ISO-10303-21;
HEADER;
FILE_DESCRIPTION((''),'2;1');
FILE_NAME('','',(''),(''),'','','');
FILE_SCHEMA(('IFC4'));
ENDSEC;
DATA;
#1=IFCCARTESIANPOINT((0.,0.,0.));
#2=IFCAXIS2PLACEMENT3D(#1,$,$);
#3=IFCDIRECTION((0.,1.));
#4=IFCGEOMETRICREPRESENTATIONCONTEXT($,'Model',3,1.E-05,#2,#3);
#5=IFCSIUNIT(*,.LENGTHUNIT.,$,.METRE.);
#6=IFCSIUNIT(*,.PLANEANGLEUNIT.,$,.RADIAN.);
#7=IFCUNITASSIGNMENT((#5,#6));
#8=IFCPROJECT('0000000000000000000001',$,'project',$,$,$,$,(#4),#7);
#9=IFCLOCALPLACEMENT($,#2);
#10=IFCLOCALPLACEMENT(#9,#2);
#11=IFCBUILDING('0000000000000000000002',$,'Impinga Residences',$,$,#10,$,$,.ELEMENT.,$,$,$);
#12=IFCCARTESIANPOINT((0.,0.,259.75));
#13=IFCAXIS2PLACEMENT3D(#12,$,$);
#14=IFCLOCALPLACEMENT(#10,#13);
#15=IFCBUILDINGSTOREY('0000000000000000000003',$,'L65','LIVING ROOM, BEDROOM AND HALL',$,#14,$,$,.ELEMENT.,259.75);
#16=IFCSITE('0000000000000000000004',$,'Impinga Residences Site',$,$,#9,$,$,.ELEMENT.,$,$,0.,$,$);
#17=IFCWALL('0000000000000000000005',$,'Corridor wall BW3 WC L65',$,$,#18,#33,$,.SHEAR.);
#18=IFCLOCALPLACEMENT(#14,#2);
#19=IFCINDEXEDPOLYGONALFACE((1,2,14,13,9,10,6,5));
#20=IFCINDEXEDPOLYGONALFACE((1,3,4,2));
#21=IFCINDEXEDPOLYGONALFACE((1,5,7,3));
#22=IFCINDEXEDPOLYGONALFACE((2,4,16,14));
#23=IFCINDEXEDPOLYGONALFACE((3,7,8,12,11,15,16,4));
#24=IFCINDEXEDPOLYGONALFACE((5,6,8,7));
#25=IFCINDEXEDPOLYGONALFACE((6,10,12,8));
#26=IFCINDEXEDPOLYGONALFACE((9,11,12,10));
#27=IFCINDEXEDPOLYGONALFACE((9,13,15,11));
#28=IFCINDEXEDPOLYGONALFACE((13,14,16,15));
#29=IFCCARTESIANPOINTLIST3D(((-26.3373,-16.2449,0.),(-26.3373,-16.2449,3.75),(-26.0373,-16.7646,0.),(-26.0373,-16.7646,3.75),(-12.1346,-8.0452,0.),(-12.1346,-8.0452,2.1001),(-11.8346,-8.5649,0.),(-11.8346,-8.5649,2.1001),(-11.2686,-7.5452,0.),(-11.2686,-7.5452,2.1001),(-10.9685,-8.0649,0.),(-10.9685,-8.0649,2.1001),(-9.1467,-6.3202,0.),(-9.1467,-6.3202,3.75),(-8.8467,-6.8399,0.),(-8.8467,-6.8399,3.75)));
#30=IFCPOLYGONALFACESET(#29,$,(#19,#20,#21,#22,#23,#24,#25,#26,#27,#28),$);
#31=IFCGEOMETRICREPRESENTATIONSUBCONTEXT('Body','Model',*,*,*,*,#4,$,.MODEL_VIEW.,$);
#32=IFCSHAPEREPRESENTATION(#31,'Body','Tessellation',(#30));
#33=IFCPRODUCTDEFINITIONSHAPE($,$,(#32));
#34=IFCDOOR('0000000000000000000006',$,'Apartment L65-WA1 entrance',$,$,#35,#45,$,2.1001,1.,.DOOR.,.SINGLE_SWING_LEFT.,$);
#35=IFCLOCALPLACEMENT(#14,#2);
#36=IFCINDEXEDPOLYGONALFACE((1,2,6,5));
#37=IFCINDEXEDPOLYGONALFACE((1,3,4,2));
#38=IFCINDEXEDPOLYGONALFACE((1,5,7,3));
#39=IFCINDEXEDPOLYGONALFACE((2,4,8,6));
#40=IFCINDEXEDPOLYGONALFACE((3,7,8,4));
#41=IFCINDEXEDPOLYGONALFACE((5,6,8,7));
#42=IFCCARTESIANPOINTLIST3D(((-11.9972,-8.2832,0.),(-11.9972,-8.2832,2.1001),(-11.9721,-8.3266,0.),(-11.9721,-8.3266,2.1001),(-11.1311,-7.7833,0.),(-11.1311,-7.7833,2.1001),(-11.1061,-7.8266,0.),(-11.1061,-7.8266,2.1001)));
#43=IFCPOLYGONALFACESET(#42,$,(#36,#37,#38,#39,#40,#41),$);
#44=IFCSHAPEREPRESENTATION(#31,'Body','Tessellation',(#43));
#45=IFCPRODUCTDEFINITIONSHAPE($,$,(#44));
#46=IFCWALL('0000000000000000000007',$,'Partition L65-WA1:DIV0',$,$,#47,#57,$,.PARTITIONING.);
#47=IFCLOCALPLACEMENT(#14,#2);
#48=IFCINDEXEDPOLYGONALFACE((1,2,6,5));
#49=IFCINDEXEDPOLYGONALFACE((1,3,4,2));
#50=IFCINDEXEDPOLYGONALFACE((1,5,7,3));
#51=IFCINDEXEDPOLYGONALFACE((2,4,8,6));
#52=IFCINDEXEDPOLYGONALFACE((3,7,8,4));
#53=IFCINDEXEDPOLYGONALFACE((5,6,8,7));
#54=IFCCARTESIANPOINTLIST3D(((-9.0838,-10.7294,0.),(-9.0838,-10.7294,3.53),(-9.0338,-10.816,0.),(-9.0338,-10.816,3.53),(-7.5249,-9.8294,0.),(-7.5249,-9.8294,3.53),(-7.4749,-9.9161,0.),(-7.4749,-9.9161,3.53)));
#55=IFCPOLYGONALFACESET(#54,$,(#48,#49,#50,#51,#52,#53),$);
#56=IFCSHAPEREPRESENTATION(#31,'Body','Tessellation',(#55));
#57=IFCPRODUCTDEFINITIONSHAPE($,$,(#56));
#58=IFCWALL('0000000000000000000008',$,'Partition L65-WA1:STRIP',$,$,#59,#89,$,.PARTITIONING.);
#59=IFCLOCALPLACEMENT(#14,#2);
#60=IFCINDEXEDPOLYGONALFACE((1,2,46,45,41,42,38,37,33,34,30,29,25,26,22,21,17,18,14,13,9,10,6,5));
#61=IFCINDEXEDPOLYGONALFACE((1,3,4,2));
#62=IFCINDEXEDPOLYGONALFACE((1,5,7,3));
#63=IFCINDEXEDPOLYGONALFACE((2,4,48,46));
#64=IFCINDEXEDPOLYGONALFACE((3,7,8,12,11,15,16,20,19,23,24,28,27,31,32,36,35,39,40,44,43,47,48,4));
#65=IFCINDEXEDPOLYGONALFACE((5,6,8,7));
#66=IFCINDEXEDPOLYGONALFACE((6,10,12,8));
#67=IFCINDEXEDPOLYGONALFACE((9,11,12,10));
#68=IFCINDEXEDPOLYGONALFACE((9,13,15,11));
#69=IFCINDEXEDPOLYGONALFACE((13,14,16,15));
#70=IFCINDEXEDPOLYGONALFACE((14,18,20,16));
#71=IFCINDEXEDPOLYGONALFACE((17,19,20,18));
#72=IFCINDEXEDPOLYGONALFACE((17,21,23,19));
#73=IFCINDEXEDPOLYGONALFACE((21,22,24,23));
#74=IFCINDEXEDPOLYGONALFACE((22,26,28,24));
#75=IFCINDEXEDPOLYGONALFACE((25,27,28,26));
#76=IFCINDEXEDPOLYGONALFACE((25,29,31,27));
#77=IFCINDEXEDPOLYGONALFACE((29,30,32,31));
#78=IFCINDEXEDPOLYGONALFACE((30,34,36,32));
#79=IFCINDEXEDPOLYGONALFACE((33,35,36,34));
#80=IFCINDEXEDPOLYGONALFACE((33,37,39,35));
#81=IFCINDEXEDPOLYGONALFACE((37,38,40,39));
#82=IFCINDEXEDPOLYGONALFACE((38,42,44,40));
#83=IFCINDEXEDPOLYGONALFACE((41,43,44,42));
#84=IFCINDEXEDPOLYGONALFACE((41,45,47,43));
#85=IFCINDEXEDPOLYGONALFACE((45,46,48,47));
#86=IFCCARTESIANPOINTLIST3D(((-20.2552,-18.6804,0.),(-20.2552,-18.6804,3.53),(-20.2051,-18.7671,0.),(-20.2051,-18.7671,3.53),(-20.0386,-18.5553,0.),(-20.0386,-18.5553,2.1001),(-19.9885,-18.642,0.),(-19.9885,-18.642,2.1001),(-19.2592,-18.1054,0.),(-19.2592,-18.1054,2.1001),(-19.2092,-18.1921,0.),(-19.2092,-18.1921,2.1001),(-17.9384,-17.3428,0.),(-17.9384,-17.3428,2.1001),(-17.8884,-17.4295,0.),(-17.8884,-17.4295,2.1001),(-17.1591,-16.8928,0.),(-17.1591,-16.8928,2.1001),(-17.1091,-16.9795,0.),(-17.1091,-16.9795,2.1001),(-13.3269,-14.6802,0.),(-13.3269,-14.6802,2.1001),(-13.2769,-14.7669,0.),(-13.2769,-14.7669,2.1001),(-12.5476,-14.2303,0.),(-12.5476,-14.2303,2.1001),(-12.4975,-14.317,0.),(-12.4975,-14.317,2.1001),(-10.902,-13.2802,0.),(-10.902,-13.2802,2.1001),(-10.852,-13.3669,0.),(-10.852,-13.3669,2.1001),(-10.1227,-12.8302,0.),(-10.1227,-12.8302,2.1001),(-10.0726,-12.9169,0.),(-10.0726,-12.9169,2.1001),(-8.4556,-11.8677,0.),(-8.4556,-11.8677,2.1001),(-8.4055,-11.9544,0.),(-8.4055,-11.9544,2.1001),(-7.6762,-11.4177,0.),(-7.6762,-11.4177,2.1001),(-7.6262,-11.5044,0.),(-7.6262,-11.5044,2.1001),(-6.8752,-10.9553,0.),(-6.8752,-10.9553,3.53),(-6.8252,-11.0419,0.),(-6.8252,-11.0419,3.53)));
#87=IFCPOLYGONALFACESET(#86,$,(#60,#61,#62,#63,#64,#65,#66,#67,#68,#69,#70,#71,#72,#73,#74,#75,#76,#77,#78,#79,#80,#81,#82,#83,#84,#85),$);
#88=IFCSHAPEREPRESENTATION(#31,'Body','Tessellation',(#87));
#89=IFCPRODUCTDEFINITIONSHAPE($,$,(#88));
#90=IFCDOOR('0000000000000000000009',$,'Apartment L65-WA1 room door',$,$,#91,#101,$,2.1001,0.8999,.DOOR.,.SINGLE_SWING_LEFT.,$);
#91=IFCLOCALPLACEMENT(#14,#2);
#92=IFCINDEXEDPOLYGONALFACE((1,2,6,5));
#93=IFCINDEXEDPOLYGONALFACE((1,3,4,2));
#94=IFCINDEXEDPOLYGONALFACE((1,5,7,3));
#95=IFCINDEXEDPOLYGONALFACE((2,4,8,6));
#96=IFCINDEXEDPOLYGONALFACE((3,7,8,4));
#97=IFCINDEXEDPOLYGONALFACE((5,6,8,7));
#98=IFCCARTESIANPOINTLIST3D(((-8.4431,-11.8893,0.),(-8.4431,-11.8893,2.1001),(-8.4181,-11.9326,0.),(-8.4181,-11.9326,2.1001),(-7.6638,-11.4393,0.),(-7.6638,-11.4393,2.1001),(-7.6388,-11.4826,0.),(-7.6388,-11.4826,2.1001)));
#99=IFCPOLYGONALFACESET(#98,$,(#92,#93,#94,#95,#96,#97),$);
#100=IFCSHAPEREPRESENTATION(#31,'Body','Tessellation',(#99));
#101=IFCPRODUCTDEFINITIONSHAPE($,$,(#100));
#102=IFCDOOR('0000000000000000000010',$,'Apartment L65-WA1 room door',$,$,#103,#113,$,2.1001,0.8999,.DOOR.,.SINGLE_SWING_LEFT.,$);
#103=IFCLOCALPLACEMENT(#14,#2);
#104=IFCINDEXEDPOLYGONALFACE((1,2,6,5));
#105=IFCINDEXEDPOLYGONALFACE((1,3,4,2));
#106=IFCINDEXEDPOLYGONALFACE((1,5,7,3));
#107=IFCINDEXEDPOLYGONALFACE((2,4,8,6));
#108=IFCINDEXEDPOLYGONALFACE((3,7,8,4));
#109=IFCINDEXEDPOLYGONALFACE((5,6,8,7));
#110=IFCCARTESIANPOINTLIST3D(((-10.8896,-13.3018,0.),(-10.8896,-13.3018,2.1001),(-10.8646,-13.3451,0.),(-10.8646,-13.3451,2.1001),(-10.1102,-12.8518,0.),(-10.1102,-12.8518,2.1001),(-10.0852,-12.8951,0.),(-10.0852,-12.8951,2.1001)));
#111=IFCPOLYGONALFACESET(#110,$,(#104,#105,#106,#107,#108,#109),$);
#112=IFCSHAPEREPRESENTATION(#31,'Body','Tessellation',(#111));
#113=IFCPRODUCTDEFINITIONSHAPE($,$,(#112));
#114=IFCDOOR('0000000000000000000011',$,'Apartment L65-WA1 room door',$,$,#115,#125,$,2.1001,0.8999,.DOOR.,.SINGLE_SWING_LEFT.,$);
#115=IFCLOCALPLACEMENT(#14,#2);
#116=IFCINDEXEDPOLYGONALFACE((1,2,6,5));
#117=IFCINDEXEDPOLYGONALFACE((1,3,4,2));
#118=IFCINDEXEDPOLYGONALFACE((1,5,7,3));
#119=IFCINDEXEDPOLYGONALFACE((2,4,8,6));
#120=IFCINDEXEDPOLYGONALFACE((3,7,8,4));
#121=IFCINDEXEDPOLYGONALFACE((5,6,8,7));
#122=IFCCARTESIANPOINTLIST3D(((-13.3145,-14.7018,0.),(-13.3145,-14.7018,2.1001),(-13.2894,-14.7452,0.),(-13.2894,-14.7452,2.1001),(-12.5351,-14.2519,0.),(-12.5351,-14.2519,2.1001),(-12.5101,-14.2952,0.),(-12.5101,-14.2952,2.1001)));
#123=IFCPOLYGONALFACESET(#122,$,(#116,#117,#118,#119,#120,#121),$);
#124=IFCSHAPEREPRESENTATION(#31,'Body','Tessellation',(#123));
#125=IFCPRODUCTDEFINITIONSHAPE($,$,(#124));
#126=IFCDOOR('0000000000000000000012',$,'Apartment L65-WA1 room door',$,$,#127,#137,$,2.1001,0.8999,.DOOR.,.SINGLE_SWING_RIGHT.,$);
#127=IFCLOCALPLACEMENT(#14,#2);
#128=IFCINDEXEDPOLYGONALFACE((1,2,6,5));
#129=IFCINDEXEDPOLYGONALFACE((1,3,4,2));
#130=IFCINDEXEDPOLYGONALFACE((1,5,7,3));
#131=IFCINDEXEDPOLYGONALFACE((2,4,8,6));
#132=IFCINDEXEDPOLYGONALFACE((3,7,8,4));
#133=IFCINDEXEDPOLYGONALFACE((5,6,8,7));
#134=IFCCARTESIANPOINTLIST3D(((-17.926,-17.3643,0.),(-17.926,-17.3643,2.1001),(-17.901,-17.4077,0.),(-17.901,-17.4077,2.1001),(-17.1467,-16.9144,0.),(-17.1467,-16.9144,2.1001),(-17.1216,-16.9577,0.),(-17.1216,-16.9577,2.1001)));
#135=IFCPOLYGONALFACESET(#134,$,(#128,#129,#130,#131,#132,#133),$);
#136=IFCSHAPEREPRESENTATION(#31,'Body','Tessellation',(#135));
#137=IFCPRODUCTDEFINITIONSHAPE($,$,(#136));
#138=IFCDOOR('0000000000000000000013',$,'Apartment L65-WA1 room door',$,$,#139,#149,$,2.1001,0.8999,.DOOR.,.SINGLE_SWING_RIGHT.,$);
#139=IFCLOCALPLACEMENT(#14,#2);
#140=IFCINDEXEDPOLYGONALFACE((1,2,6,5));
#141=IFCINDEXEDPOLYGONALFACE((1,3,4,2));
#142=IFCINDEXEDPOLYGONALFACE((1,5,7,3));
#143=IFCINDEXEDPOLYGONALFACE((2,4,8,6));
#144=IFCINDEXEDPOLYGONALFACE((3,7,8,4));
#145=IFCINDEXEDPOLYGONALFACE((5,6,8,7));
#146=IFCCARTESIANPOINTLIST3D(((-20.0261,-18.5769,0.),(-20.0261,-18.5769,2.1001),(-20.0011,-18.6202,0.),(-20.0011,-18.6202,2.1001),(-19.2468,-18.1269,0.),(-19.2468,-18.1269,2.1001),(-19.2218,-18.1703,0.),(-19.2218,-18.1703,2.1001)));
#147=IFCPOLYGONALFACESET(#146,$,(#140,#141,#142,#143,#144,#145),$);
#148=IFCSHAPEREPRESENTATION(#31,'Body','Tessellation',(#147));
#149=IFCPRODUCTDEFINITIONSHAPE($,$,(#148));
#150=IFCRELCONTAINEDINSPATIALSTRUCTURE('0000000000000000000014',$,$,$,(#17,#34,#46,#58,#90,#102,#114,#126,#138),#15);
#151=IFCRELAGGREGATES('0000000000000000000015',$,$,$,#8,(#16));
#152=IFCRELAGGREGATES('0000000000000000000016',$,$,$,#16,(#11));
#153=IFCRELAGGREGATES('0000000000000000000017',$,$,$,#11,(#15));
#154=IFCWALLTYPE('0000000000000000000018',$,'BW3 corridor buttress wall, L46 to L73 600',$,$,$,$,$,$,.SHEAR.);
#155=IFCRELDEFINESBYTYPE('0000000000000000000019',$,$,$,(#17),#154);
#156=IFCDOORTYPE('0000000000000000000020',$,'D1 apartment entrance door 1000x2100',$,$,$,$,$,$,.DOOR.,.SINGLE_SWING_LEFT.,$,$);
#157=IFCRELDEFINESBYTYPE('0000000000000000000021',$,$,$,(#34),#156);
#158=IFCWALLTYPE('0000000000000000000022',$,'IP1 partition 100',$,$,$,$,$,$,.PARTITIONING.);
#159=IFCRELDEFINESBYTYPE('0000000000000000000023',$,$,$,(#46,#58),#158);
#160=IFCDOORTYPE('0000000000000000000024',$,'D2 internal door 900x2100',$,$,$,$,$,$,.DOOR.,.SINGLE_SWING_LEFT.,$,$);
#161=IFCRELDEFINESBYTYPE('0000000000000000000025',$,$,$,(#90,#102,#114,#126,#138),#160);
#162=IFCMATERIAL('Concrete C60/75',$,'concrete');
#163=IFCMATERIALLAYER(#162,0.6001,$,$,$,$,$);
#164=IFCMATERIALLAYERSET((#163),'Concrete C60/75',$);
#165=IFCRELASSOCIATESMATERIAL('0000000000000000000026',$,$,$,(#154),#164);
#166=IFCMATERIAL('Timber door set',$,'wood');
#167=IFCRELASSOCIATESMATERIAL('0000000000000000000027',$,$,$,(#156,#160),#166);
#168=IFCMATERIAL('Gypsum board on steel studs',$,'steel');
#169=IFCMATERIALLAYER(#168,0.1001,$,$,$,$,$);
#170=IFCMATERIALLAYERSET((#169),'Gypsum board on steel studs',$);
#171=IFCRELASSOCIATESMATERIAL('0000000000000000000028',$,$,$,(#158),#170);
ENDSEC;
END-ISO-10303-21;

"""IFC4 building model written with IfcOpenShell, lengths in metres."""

from ifc_helpers import new_model, si_unit, direction, frame, frame_2d, origin, place, context, subcontext, project, spatial, rectangle, extrude, material, layer, layer_set, type_object, element, fill, save


model = new_model("IFC4")

# Units and contexts
model_context = context("Model", 3, precision=1e-05, world=origin(), true_north=direction((0.0, 1.0)))
body_context = subcontext(model_context, "Body", "Model", "MODEL_VIEW")
ifc_project = project(units=[si_unit("LENGTHUNIT", "METRE"), si_unit("PLANEANGLEUNIT", "RADIAN")], contexts=[model_context])

# Site, building, storey
site_placement = place(None, origin())
site = spatial("IfcSite", under=ifc_project, at=site_placement, Name="Impinga Residences Site", CompositionType="ELEMENT", RefElevation=0.0)
building_placement = place(site_placement, origin())
building = spatial("IfcBuilding", under=site, at=building_placement, Name="Impinga Residences", CompositionType="ELEMENT")
storey_placement = place(building_placement, frame((0.0, 0.0, 259.75)))
storey = spatial("IfcBuildingStorey", under=building, at=storey_placement, Name="L65", Description="LIVING ROOM, BEDROOM AND HALL", CompositionType="ELEMENT", Elevation=259.75)

# Wall, opening, door
ifc_material_1 = material(Name="Concrete C60/75", Category="concrete")
ifc_layer_1 = layer(ifc_material_1, 0.6001)
ifc_layer_set_1 = layer_set([ifc_layer_1], Name="Concrete C60/75")
wall_type_1 = type_object("IfcWallType", Name="BW3 corridor buttress wall, L46 to L73 600", PredefinedType="SHEAR", material=ifc_layer_set_1)
wall_1_placement = place(storey_placement, frame((-8.9968, -6.5801, 0.0), z_axis=(0.0, 0.0, 1.0), x_axis=(-0.866031, -0.499991, 0.0)))
wall_1 = element("IfcWall", 1, at=wall_1_placement, inside=storey, type_object=wall_type_1, Name="Corridor wall BW3 WC L65", PredefinedType="SHEAR", context=body_context, shape_type="SweptSolid", body=[
    extrude(rectangle(XDim=19.8499, YDim=0.6001, at=frame_2d((9.9248, 0.0))), origin(), (0.0, 0.0, 1.0), 3.75),
])
opening_1_placement = place(wall_1_placement, frame((2.45, 0.0, 0.0)))
opening_1 = element("IfcOpeningElement", 2, at=opening_1_placement, cuts=wall_1, PredefinedType="OPENING", context=body_context, shape_type="SweptSolid", body=[
    extrude(rectangle(XDim=1.0, YDim=2.1001, at=frame_2d((0.5, 1.05))), frame((0.0, 0.3101, 0.0), z_axis=(0.0, -1.0, 0.0), x_axis=(1.0, 0.0, 0.0)), (0.0, 0.0, 1.0), 0.6201),
])
ifc_material_2 = material(Name="Timber door set", Category="wood")
door_type_1 = type_object("IfcDoorType", Name="D1 apartment entrance door 1000x2100", OperationType="SINGLE_SWING_LEFT", PredefinedType="DOOR", material=ifc_material_2)
door_1_placement = place(opening_1_placement, origin())
door_1 = element("IfcDoor", 3, at=door_1_placement, inside=storey, type_object=door_type_1, Name="Apartment L65-WA1 entrance", OperationType="SINGLE_SWING_LEFT", OverallHeight=2.1001, OverallWidth=1.0, PredefinedType="DOOR", context=body_context, shape_type="SweptSolid", body=[
    extrude(rectangle(XDim=1.0, YDim=2.1001, at=frame_2d((0.5, 1.05))), frame((0.0, 0.0249, 0.0), z_axis=(0.0, -1.0, 0.0), x_axis=(1.0, 0.0, 0.0)), (0.0, 0.0, 1.0), 0.05),
])
fill(opening_1, door_1)

# Wall
ifc_material_3 = material(Name="Gypsum board on steel studs", Category="steel")
ifc_layer_2 = layer(ifc_material_3, 0.1001)
ifc_layer_set_2 = layer_set([ifc_layer_2], Name="Gypsum board on steel studs")
wall_type_2 = type_object("IfcWallType", Name="IP1 partition 100", PredefinedType="PARTITIONING", material=ifc_layer_set_2)
wall_2_placement = place(storey_placement, frame((-7.5, -9.8728, 0.0), z_axis=(0.0, 0.0, 1.0), x_axis=(-0.866048, -0.499961, 0.0)))
element("IfcWall", 4, at=wall_2_placement, inside=storey, type_object=wall_type_2, Name="Partition L65-WA1:DIV0", PredefinedType="PARTITIONING", context=body_context, shape_type="SweptSolid", body=[
    extrude(rectangle(XDim=1.8, YDim=0.1001, at=frame_2d((0.8999, 0.0))), origin(), (0.0, 0.0, 1.0), 3.53),
])

# Wall, openings, doors
wall_3_placement = place(storey_placement, frame((-6.8501, -10.9985, 0.0), z_axis=(0.0, 0.0, 1.0), x_axis=(-0.866019, -0.500011, 0.0)))
wall_3 = element("IfcWall", 5, at=wall_3_placement, inside=storey, type_object=wall_type_2, Name="Partition L65-WA1:STRIP", PredefinedType="PARTITIONING", context=body_context, shape_type="SweptSolid", body=[
    extrude(rectangle(XDim=15.45, YDim=0.1001, at=frame_2d((7.7251, 0.0))), origin(), (0.0, 0.0, 1.0), 3.53),
])
opening_2_placement = place(wall_3_placement, frame((0.925, 0.0, 0.0)))
opening_2 = element("IfcOpeningElement", 6, at=opening_2_placement, cuts=wall_3, PredefinedType="OPENING", context=body_context, shape_type="SweptSolid", body=[
    extrude(rectangle(XDim=0.8999, YDim=2.1001, at=frame_2d((0.45, 1.05))), frame((0.0, 0.0601, 0.0), z_axis=(0.0, -1.0, 0.0), x_axis=(1.0, 0.0, 0.0)), (0.0, 0.0, 1.0), 0.1201),
])
opening_3_placement = place(wall_3_placement, frame((3.75, 0.0, 0.0)))
opening_3 = element("IfcOpeningElement", 7, at=opening_3_placement, cuts=wall_3, PredefinedType="OPENING", context=body_context, shape_type="SweptSolid", body=[
    extrude(rectangle(XDim=0.8999, YDim=2.1001, at=frame_2d((0.45, 1.05))), frame((0.0, 0.0601, 0.0), z_axis=(0.0, -1.0, 0.0), x_axis=(1.0, 0.0, 0.0)), (0.0, 0.0, 1.0), 0.1201),
])
opening_4_placement = place(wall_3_placement, frame((6.55, 0.0, 0.0)))
opening_4 = element("IfcOpeningElement", 8, at=opening_4_placement, cuts=wall_3, PredefinedType="OPENING", context=body_context, shape_type="SweptSolid", body=[
    extrude(rectangle(XDim=0.8999, YDim=2.1001, at=frame_2d((0.45, 1.05))), frame((0.0, 0.0601, 0.0), z_axis=(0.0, -1.0, 0.0), x_axis=(1.0, 0.0, 0.0)), (0.0, 0.0, 1.0), 0.1201),
])
opening_5_placement = place(wall_3_placement, frame((11.875, 0.0, 0.0)))
opening_5 = element("IfcOpeningElement", 9, at=opening_5_placement, cuts=wall_3, PredefinedType="OPENING", context=body_context, shape_type="SweptSolid", body=[
    extrude(rectangle(XDim=0.8999, YDim=2.1001, at=frame_2d((0.45, 1.05))), frame((0.0, 0.0601, 0.0), z_axis=(0.0, -1.0, 0.0), x_axis=(1.0, 0.0, 0.0)), (0.0, 0.0, 1.0), 0.1201),
])
opening_6_placement = place(wall_3_placement, frame((14.3, 0.0, 0.0)))
opening_6 = element("IfcOpeningElement", 10, at=opening_6_placement, cuts=wall_3, PredefinedType="OPENING", context=body_context, shape_type="SweptSolid", body=[
    extrude(rectangle(XDim=0.8999, YDim=2.1001, at=frame_2d((0.45, 1.05))), frame((0.0, 0.0601, 0.0), z_axis=(0.0, -1.0, 0.0), x_axis=(1.0, 0.0, 0.0)), (0.0, 0.0, 1.0), 0.1201),
])
door_type_2 = type_object("IfcDoorType", Name="D2 internal door 900x2100", OperationType="SINGLE_SWING_LEFT", PredefinedType="DOOR", material=ifc_material_2)
door_2_placement = place(opening_2_placement, origin())
door_2 = element("IfcDoor", 11, at=door_2_placement, inside=storey, type_object=door_type_2, Name="Apartment L65-WA1 room door", OperationType="SINGLE_SWING_LEFT", OverallHeight=2.1001, OverallWidth=0.8999, PredefinedType="DOOR", context=body_context, shape_type="SweptSolid", body=[
    extrude(rectangle(XDim=0.8999, YDim=2.1001, at=frame_2d((0.45, 1.05))), frame((0.0, 0.0249, 0.0), z_axis=(0.0, -1.0, 0.0), x_axis=(1.0, 0.0, 0.0)), (0.0, 0.0, 1.0), 0.05),
])
fill(opening_2, door_2)
door_3_placement = place(opening_3_placement, origin())
door_3 = element("IfcDoor", 12, at=door_3_placement, inside=storey, type_object=door_type_2, Name="Apartment L65-WA1 room door", OperationType="SINGLE_SWING_LEFT", OverallHeight=2.1001, OverallWidth=0.8999, PredefinedType="DOOR", context=body_context, shape_type="SweptSolid", body=[
    extrude(rectangle(XDim=0.8999, YDim=2.1001, at=frame_2d((0.45, 1.05))), frame((0.0, 0.0249, 0.0), z_axis=(0.0, -1.0, 0.0), x_axis=(1.0, 0.0, 0.0)), (0.0, 0.0, 1.0), 0.05),
])
fill(opening_3, door_3)
door_4_placement = place(opening_4_placement, origin())
door_4 = element("IfcDoor", 13, at=door_4_placement, inside=storey, type_object=door_type_2, Name="Apartment L65-WA1 room door", OperationType="SINGLE_SWING_LEFT", OverallHeight=2.1001, OverallWidth=0.8999, PredefinedType="DOOR", context=body_context, shape_type="SweptSolid", body=[
    extrude(rectangle(XDim=0.8999, YDim=2.1001, at=frame_2d((0.45, 1.05))), frame((0.0, 0.0249, 0.0), z_axis=(0.0, -1.0, 0.0), x_axis=(1.0, 0.0, 0.0)), (0.0, 0.0, 1.0), 0.05),
])
fill(opening_4, door_4)
door_5_placement = place(opening_5_placement, origin())
door_5 = element("IfcDoor", 14, at=door_5_placement, inside=storey, type_object=door_type_2, Name="Apartment L65-WA1 room door", OperationType="SINGLE_SWING_RIGHT", OverallHeight=2.1001, OverallWidth=0.8999, PredefinedType="DOOR", context=body_context, shape_type="SweptSolid", body=[
    extrude(rectangle(XDim=0.8999, YDim=2.1001, at=frame_2d((0.45, 1.05))), frame((0.0, 0.0249, 0.0), z_axis=(0.0, -1.0, 0.0), x_axis=(1.0, 0.0, 0.0)), (0.0, 0.0, 1.0), 0.05),
])
fill(opening_5, door_5)
door_6_placement = place(opening_6_placement, origin())
door_6 = element("IfcDoor", 15, at=door_6_placement, inside=storey, type_object=door_type_2, Name="Apartment L65-WA1 room door", OperationType="SINGLE_SWING_RIGHT", OverallHeight=2.1001, OverallWidth=0.8999, PredefinedType="DOOR", context=body_context, shape_type="SweptSolid", body=[
    extrude(rectangle(XDim=0.8999, YDim=2.1001, at=frame_2d((0.45, 1.05))), frame((0.0, 0.0249, 0.0), z_axis=(0.0, -1.0, 0.0), x_axis=(1.0, 0.0, 0.0)), (0.0, 0.0, 1.0), 0.05),
])
fill(opening_6, door_6)

save(model, "model.ifc")
